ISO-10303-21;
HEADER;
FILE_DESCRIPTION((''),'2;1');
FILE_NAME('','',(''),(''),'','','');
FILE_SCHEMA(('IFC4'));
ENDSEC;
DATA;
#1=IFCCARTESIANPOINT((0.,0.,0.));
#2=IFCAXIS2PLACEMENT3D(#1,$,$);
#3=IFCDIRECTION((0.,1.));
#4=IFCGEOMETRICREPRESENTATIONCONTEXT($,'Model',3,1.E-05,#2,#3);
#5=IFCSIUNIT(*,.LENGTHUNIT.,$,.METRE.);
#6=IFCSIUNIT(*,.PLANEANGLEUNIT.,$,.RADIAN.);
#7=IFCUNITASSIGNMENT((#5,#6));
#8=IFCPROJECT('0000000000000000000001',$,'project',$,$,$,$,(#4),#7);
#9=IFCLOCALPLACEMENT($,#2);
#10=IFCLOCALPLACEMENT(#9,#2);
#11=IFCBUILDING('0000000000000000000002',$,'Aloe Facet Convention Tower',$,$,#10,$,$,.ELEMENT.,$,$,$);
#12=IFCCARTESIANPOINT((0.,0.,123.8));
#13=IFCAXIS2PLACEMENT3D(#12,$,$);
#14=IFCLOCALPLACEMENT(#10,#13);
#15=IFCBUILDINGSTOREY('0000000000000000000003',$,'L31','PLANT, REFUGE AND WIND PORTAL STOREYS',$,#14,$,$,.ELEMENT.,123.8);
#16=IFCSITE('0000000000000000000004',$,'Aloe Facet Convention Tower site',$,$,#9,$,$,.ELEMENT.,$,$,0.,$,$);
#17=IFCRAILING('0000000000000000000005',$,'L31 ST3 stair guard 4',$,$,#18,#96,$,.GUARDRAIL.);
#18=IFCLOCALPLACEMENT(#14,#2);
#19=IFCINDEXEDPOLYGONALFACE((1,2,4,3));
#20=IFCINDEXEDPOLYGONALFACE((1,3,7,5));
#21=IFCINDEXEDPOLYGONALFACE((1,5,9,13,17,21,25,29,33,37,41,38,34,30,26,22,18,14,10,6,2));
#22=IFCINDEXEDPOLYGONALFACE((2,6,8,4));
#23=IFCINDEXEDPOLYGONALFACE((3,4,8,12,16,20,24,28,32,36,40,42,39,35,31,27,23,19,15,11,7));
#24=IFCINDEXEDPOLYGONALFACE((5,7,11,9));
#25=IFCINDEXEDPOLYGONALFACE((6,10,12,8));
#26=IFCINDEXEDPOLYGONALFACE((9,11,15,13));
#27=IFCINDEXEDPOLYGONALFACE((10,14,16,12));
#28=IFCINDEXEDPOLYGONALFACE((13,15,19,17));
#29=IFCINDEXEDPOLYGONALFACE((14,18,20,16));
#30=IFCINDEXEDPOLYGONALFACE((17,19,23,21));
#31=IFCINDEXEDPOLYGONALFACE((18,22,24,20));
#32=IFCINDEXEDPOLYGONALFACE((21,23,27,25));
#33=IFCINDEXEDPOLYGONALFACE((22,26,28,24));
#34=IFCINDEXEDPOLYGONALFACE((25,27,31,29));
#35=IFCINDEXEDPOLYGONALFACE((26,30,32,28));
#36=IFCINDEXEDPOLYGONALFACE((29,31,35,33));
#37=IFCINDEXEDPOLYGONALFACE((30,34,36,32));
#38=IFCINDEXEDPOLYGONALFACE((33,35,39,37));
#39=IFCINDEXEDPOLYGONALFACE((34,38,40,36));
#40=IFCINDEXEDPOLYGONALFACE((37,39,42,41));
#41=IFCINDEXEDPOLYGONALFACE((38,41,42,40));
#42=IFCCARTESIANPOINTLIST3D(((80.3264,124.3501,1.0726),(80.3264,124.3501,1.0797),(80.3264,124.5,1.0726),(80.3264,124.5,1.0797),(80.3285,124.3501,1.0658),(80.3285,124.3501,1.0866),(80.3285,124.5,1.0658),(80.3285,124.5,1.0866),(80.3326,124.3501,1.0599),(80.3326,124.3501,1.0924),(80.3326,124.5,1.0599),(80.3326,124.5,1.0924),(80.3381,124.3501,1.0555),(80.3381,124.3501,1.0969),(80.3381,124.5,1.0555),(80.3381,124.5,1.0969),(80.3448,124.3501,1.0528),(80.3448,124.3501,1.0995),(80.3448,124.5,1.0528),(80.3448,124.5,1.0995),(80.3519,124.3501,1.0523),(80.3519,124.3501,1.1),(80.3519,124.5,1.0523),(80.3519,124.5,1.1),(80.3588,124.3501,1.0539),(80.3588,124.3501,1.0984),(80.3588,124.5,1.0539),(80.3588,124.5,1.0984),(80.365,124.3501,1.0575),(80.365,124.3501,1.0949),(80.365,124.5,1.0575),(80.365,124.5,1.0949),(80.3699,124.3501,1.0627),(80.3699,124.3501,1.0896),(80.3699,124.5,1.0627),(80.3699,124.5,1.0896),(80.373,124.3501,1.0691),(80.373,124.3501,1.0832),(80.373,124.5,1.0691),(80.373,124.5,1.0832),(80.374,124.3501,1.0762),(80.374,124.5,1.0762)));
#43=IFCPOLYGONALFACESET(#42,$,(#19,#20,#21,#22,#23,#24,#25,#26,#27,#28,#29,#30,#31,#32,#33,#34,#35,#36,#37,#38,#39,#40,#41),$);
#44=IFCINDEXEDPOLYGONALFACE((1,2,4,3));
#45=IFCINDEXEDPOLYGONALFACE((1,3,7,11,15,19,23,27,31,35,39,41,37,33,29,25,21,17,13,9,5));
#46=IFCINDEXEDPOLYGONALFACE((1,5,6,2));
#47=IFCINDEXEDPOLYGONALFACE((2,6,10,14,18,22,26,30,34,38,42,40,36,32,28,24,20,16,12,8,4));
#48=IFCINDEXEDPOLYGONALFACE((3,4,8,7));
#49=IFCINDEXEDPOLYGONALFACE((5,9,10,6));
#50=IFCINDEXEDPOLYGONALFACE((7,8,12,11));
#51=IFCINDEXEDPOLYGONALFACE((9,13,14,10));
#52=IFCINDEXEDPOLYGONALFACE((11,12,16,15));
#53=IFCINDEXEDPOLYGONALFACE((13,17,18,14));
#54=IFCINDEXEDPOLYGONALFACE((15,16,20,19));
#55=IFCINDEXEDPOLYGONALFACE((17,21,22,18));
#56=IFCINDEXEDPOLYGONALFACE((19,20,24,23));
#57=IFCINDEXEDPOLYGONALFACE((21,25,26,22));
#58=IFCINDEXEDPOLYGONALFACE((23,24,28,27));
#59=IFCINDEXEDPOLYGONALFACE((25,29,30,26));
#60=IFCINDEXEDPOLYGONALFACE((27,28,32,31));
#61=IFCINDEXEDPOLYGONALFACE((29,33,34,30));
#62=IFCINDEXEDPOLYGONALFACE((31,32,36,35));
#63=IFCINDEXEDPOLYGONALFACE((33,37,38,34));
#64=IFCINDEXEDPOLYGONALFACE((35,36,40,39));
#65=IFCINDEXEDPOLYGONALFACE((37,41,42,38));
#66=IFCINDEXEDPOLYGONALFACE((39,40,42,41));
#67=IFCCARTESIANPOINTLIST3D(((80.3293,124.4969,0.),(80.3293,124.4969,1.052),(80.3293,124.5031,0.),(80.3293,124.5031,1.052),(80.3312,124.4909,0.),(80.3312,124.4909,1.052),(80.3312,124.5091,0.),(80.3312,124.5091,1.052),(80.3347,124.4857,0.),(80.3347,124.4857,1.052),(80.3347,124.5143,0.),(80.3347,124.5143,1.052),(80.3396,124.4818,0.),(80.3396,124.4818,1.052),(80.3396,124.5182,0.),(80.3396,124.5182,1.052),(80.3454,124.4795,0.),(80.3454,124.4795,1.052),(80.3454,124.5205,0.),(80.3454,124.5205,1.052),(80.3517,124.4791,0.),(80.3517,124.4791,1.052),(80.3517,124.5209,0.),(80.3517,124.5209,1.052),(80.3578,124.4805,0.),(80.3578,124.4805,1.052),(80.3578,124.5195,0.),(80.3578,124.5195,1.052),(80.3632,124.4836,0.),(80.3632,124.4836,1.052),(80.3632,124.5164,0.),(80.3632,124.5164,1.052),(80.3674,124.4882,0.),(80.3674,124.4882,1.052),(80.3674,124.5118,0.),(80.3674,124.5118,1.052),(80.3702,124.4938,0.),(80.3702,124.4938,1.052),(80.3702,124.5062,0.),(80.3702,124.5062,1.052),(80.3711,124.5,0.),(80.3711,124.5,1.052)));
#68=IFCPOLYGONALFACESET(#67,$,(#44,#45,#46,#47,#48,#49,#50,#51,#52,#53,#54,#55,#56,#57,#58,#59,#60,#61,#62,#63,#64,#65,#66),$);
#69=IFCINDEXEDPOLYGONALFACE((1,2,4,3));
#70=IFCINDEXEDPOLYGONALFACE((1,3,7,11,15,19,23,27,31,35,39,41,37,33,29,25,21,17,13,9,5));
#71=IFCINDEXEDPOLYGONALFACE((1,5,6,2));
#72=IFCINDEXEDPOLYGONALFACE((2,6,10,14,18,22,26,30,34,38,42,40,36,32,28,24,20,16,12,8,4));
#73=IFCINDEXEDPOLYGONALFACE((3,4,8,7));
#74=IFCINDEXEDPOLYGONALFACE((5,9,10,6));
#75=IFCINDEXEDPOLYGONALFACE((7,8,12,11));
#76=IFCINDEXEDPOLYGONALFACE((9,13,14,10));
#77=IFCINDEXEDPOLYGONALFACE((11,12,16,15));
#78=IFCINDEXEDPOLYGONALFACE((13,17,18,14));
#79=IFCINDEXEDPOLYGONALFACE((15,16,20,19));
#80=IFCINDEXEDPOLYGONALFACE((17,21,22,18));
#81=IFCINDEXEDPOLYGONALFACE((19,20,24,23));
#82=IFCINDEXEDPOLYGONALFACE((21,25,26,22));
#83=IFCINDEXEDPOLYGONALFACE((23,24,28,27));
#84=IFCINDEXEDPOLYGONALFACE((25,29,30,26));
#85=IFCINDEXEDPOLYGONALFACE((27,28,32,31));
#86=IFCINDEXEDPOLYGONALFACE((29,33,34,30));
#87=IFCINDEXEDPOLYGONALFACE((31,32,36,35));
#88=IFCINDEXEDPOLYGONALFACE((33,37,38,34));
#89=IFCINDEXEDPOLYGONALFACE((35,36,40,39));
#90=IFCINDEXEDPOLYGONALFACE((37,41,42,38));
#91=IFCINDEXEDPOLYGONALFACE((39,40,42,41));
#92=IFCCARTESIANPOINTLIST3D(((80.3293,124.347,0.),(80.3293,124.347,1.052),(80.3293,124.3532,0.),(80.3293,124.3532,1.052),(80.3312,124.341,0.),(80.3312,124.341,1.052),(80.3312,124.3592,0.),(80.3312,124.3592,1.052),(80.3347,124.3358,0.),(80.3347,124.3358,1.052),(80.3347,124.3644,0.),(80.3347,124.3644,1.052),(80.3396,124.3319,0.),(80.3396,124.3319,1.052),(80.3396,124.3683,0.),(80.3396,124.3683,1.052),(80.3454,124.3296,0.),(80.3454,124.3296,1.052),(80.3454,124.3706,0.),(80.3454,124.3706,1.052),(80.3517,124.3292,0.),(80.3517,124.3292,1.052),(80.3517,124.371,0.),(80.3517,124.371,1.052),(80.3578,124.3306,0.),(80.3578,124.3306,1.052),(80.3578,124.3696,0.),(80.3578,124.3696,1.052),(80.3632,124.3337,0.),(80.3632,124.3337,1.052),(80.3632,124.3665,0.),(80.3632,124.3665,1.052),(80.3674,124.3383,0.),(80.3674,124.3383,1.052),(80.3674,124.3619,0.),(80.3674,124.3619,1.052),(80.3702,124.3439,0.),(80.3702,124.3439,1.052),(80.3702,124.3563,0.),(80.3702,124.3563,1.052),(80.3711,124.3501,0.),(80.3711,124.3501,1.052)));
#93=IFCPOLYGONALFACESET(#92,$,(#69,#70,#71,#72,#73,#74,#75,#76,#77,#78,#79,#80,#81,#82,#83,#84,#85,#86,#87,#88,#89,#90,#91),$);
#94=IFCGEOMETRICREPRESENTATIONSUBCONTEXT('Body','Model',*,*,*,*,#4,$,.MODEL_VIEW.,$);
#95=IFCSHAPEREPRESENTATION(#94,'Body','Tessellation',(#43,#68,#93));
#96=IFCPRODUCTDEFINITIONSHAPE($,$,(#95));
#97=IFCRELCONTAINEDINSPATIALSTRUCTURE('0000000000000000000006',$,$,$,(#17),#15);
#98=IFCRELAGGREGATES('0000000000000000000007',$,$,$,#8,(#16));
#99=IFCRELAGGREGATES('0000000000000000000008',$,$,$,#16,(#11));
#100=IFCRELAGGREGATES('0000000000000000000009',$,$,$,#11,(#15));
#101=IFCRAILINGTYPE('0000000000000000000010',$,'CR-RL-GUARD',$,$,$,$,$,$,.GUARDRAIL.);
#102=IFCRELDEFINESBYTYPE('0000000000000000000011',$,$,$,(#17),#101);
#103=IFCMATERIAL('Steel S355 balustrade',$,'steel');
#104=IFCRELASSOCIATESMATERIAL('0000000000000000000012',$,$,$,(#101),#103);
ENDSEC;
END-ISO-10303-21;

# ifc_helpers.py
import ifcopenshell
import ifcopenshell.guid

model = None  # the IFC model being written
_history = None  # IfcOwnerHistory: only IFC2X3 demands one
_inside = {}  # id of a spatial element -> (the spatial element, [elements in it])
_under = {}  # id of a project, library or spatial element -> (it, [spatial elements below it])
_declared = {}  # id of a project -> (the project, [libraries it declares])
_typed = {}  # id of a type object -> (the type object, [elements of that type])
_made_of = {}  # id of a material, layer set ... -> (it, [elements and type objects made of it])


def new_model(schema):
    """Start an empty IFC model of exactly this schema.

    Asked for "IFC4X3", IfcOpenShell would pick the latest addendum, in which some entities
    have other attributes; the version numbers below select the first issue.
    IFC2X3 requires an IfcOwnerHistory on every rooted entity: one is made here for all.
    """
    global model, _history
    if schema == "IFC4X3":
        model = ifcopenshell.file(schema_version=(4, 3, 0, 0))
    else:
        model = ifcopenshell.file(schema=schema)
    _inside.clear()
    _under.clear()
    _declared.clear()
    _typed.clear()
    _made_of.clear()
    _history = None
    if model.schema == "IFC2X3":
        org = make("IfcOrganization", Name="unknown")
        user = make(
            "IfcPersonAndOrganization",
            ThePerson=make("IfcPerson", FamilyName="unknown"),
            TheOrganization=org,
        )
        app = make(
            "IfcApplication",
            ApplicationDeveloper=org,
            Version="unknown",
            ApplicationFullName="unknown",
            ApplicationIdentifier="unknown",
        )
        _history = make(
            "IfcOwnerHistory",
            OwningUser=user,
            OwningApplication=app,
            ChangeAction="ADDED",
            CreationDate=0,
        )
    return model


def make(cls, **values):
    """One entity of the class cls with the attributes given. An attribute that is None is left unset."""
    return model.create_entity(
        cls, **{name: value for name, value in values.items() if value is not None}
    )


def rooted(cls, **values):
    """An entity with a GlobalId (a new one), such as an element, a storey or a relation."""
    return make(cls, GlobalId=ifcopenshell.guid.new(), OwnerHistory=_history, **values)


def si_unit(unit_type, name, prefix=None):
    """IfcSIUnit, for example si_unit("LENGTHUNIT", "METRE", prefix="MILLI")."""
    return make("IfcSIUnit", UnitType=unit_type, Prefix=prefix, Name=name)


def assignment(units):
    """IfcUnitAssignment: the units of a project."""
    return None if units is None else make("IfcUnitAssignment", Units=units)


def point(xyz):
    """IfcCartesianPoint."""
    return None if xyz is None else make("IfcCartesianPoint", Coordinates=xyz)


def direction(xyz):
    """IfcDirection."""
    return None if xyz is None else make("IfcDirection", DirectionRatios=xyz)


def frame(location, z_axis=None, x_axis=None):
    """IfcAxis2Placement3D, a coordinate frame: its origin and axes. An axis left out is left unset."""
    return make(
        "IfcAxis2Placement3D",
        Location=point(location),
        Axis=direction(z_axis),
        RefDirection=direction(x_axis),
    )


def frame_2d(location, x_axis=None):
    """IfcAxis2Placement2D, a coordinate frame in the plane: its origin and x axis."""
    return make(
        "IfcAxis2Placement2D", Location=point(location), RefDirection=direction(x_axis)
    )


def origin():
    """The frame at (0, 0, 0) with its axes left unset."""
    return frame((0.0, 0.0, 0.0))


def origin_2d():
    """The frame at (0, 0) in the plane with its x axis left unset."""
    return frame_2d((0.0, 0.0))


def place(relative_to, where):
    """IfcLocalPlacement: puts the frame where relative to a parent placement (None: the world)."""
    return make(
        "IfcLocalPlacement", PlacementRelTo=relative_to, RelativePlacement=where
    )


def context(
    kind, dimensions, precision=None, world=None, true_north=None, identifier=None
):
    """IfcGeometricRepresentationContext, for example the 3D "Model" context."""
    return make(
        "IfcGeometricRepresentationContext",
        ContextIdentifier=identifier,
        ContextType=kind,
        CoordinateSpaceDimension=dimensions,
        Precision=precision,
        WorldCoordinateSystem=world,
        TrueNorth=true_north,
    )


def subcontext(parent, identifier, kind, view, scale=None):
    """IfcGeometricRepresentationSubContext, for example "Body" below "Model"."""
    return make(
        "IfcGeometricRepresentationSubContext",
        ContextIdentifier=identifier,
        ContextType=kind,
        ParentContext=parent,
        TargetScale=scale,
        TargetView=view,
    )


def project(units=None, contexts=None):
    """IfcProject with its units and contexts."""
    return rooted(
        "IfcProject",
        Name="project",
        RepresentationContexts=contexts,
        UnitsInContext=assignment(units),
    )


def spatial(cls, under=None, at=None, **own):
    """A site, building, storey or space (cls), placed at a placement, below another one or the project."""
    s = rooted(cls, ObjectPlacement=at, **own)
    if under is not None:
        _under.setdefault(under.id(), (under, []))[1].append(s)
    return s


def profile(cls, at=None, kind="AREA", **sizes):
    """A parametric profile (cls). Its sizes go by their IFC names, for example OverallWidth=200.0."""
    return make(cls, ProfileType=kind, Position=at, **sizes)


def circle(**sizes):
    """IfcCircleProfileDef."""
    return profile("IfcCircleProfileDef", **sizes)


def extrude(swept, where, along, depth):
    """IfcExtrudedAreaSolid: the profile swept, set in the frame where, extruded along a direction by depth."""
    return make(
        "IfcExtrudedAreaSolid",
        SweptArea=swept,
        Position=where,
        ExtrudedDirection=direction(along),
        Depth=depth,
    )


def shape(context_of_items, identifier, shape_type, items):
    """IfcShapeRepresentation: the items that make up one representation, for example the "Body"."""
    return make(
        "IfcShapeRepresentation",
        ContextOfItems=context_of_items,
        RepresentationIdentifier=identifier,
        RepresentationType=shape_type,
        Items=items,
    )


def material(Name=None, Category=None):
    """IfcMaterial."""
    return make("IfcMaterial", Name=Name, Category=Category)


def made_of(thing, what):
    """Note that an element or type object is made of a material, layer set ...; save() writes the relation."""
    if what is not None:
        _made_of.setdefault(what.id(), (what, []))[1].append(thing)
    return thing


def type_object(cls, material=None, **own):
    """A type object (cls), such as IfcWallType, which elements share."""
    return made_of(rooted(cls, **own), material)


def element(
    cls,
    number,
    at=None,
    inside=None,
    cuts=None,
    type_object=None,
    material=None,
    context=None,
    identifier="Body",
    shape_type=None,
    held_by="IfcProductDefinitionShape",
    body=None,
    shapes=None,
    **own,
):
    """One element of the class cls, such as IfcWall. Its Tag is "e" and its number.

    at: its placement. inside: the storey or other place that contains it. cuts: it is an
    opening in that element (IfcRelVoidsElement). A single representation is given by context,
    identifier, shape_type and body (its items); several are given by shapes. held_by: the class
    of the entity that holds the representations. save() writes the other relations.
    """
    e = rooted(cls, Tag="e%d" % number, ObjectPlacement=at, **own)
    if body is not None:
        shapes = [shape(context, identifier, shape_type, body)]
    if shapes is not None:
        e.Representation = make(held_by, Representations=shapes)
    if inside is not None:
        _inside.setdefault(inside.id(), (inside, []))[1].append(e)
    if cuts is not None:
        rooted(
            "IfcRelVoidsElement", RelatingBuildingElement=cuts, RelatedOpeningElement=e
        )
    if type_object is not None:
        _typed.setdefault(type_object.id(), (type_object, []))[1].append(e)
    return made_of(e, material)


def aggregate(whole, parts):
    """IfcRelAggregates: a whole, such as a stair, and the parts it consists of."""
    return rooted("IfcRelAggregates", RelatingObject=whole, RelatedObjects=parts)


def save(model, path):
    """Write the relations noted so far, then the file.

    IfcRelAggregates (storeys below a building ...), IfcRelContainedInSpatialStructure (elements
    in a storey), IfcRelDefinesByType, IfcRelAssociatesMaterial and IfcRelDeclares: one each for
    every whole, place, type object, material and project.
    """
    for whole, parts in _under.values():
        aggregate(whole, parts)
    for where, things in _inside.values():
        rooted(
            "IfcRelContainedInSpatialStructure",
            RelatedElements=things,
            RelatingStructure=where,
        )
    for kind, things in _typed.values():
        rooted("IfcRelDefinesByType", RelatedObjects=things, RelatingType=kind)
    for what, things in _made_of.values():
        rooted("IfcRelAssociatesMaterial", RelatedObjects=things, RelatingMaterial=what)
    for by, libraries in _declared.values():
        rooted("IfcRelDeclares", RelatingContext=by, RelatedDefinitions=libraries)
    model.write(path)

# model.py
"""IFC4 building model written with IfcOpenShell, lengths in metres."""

from ifc_helpers import new_model, si_unit, direction, frame, origin, origin_2d, place, context, subcontext, project, spatial, circle, extrude, material, type_object, element, save


model = new_model("IFC4")

# Units and contexts
model_context = context("Model", 3, precision=1e-05, world=origin(), true_north=direction((0.0, 1.0)))
body_context = subcontext(model_context, "Body", "Model", "MODEL_VIEW")
ifc_project = project(units=[si_unit("LENGTHUNIT", "METRE"), si_unit("PLANEANGLEUNIT", "RADIAN")], contexts=[model_context])

# Site, building, storey
site_placement = place(None, origin())
site = spatial("IfcSite", under=ifc_project, at=site_placement, Name="Aloe Facet Convention Tower site", CompositionType="ELEMENT", RefElevation=0.0)
building_placement = place(site_placement, origin())
building = spatial("IfcBuilding", under=site, at=building_placement, Name="Aloe Facet Convention Tower", CompositionType="ELEMENT")
storey_placement = place(building_placement, frame((0.0, 0.0, 123.8)))
storey = spatial("IfcBuildingStorey", under=building, at=storey_placement, Name="L31", Description="PLANT, REFUGE AND WIND PORTAL STOREYS", CompositionType="ELEMENT", Elevation=123.8)

# Railing
ifc_material_1 = material(Name="Steel S355 balustrade", Category="steel")
railing_type_1 = type_object("IfcRailingType", Name="CR-RL-GUARD", PredefinedType="GUARDRAIL", material=ifc_material_1)
railing_1_placement = place(storey_placement, frame((80.3501, 124.5, 0.0)))
element("IfcRailing", 1, at=railing_1_placement, inside=storey, type_object=railing_type_1, Name="L31 ST3 stair guard 4", PredefinedType="GUARDRAIL", context=body_context, shape_type="SweptSolid", body=[
    extrude(circle(Radius=0.0239, at=origin_2d()), frame((0.0, 0.0, 1.0762), z_axis=(0.0, -1.0, 0.0), x_axis=(1.0, 0.0, 0.0)), (0.0, 0.0, 1.0), 0.1499),
    extrude(circle(Radius=0.021, at=origin_2d()), origin(), (0.0, 0.0, 1.0), 1.052),
    extrude(circle(Radius=0.021, at=origin_2d()), frame((0.0, -0.1499, 0.0)), (0.0, 0.0, 1.0), 1.052),
])

save(model, "model.ifc")
